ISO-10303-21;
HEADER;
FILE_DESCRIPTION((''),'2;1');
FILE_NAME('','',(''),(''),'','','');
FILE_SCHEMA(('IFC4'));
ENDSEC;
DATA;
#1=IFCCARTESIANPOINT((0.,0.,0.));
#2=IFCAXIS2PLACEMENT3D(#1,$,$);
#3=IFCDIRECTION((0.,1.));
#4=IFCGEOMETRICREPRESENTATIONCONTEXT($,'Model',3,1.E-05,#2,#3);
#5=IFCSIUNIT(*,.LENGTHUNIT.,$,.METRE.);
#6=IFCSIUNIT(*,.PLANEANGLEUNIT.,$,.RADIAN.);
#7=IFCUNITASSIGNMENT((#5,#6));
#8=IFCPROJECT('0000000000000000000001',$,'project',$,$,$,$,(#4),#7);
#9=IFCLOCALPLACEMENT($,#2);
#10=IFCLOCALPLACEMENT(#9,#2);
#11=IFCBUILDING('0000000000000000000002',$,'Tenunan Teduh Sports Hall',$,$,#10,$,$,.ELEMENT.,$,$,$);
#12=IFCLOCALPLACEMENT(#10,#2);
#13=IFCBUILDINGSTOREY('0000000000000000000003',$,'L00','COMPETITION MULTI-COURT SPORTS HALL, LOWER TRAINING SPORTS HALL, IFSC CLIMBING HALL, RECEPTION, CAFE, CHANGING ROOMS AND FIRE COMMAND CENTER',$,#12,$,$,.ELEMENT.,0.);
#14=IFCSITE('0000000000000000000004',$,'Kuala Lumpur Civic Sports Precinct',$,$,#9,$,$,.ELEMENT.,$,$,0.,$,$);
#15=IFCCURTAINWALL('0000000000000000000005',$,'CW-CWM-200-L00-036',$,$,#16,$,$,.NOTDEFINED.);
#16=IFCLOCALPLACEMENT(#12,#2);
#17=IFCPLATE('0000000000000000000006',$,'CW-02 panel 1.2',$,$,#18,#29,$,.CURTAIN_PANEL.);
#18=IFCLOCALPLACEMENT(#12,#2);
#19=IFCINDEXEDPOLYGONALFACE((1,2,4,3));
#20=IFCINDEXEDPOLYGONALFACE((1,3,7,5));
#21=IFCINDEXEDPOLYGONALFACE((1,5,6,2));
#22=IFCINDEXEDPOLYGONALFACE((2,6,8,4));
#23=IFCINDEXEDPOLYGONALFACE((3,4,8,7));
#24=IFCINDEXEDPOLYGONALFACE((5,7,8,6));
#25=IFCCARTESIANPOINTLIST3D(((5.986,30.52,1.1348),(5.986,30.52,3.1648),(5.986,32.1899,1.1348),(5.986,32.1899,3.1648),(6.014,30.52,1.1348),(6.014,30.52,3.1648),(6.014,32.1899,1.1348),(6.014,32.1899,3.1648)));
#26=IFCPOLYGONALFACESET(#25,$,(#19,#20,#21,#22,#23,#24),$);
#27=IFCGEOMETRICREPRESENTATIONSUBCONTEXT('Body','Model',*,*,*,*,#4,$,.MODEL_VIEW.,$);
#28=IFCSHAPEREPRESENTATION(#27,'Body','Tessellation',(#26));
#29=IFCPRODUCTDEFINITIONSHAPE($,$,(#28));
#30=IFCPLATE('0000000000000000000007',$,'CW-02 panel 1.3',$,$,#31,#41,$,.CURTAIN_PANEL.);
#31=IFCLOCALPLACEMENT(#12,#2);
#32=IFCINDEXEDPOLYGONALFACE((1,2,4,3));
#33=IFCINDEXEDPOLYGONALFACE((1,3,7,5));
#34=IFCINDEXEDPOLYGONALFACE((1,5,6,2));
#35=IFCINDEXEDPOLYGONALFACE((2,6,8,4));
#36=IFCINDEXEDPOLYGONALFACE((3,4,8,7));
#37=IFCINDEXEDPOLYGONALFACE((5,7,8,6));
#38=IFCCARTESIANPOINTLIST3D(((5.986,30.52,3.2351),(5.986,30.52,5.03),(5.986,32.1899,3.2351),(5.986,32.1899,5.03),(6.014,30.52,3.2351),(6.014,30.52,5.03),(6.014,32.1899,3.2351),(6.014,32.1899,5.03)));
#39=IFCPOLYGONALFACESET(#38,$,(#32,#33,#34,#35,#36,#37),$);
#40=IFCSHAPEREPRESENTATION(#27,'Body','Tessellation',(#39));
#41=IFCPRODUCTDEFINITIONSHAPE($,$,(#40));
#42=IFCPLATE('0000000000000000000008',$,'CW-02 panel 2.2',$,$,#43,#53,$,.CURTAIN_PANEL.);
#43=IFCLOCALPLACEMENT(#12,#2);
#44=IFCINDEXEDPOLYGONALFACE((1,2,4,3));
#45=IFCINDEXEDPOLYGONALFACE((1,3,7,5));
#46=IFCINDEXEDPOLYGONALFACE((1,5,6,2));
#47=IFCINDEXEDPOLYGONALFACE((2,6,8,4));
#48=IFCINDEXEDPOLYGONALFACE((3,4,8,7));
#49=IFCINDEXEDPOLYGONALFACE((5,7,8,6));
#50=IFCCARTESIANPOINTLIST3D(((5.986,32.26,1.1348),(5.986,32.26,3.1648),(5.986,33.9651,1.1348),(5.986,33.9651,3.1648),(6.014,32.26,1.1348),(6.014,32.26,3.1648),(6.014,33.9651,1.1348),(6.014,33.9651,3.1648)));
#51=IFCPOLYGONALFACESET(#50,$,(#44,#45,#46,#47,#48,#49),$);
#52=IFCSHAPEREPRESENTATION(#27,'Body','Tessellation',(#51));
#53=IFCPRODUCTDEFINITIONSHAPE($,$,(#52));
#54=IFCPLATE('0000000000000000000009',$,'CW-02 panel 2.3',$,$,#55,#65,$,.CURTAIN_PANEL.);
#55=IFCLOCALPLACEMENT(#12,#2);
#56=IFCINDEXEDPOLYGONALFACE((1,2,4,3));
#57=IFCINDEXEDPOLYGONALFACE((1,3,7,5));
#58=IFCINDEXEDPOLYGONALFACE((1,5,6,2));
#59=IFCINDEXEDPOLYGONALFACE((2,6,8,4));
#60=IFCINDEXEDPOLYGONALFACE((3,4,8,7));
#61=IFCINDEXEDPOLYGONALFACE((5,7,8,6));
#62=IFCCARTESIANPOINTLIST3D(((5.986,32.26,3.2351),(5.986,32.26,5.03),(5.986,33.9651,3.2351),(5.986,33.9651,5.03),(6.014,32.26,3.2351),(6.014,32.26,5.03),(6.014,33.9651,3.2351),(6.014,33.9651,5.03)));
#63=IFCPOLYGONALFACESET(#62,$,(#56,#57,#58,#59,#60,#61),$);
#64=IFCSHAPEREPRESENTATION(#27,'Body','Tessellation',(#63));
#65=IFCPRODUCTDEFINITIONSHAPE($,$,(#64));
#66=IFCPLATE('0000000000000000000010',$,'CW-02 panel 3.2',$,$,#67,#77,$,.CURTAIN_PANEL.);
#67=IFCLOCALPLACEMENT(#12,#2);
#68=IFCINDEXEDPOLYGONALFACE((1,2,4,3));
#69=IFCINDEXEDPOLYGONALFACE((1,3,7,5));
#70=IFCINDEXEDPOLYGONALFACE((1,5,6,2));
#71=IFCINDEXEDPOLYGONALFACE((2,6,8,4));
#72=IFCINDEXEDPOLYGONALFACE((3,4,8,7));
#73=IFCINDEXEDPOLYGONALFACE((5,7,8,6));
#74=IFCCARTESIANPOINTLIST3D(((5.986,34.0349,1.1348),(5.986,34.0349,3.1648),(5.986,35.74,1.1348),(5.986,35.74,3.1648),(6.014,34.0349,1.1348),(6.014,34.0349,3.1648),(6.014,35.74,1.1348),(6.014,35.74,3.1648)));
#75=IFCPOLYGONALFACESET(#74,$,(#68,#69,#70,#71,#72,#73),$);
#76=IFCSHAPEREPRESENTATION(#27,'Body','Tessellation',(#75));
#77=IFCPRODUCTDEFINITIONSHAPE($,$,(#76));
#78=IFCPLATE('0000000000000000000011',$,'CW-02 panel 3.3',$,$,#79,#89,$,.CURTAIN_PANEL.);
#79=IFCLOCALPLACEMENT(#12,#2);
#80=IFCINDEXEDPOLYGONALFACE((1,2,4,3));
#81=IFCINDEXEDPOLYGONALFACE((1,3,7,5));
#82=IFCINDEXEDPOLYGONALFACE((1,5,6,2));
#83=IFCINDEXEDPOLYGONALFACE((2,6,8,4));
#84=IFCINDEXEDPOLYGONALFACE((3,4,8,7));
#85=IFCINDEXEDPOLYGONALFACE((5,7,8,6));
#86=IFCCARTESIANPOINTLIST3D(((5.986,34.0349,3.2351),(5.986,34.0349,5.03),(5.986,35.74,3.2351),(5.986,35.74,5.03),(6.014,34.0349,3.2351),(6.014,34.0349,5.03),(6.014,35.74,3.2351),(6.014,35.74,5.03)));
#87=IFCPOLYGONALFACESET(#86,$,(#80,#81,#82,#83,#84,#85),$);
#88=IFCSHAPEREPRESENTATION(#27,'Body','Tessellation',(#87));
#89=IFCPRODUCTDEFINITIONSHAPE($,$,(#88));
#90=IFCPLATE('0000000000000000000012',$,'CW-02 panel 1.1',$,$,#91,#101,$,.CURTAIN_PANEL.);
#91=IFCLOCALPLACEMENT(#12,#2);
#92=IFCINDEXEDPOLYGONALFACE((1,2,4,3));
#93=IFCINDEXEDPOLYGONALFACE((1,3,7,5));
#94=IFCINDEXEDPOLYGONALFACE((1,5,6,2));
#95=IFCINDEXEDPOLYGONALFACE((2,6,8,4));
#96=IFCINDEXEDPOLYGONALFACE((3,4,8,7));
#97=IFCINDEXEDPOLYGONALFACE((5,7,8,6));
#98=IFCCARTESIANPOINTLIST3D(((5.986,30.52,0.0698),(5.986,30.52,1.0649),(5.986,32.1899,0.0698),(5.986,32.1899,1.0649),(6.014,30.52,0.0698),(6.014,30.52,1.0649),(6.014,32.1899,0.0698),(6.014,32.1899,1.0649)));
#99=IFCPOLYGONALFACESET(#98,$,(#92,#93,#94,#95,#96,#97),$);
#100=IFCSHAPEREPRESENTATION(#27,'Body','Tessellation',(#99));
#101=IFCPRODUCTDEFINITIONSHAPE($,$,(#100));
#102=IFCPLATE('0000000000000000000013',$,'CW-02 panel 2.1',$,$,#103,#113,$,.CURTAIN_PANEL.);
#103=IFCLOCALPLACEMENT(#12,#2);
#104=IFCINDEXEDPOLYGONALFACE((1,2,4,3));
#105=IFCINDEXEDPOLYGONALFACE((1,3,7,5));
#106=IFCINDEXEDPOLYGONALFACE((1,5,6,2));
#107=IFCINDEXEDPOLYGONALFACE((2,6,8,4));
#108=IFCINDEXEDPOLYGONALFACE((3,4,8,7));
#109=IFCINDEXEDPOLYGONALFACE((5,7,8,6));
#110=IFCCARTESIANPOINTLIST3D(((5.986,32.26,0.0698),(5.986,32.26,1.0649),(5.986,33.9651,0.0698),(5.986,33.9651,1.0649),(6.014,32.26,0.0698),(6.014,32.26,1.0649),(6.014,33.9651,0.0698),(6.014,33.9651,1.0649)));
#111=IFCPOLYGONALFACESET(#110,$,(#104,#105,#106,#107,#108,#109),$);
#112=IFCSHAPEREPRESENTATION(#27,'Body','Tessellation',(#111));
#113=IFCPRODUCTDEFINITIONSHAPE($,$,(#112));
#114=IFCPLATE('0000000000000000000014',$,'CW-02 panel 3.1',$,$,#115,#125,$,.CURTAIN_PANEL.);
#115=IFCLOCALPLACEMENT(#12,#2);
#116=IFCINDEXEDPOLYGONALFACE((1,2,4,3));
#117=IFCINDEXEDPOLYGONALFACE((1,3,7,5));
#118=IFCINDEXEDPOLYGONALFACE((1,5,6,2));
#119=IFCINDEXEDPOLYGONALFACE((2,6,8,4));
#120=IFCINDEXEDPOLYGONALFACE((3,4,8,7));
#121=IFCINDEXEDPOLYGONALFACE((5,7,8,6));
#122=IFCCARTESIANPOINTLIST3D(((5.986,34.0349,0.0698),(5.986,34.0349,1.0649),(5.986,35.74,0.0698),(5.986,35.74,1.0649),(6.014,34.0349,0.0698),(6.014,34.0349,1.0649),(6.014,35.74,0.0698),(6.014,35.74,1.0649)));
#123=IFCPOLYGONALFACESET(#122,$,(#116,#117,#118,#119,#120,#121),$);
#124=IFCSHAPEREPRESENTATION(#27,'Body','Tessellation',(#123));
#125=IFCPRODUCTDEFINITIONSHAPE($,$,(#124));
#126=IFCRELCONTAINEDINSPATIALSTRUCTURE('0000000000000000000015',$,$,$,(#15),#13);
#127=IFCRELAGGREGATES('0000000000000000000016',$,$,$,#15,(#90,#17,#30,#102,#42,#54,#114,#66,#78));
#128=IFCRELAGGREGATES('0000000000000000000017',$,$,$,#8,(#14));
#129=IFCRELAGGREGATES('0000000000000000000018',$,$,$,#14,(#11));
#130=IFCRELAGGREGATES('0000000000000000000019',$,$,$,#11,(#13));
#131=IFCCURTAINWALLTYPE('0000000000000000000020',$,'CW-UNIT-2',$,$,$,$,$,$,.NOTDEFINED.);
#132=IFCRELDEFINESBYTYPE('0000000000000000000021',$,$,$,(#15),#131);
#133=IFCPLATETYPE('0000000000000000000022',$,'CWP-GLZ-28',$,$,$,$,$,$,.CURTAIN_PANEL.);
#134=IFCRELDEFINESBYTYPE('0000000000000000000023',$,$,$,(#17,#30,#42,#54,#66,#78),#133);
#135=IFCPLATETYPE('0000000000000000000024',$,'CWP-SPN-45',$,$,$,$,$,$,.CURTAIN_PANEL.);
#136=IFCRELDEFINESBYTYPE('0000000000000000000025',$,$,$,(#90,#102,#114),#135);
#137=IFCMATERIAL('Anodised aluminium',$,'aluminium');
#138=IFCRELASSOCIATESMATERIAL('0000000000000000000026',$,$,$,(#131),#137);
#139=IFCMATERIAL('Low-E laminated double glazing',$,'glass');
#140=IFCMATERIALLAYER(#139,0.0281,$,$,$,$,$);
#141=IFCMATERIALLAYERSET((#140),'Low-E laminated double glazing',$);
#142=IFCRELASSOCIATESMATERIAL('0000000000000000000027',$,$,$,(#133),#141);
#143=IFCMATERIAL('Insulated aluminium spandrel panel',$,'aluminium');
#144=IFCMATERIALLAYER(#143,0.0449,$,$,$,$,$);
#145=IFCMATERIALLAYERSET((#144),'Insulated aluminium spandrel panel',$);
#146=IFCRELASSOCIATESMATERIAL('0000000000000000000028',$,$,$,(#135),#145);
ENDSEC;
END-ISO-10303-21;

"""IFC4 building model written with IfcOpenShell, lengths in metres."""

from ifc_helpers import new_model, si_unit, direction, frame, origin, origin_2d, place, context, subcontext, project, spatial, rectangle, extrude, material, layer, layer_set, type_object, element, aggregate, save


model = new_model("IFC4")

# Units and contexts
model_context = context("Model", 3, precision=1e-05, world=origin(), true_north=direction((0.0, 1.0)))
body_context = subcontext(model_context, "Body", "Model", "MODEL_VIEW")
ifc_project = project(units=[si_unit("LENGTHUNIT", "METRE"), si_unit("PLANEANGLEUNIT", "RADIAN")], contexts=[model_context])

# Site, building, storey
site_placement = place(None, origin())
site = spatial("IfcSite", under=ifc_project, at=site_placement, Name="Kuala Lumpur Civic Sports Precinct", CompositionType="ELEMENT", RefElevation=0.0)
building_placement = place(site_placement, origin())
building = spatial("IfcBuilding", under=site, at=building_placement, Name="Tenunan Teduh Sports Hall", CompositionType="ELEMENT")
storey_placement = place(building_placement, origin())
storey = spatial("IfcBuildingStorey", under=building, at=storey_placement, Name="L00", Description="COMPETITION MULTI-COURT SPORTS HALL, LOWER TRAINING SPORTS HALL, IFSC CLIMBING HALL, RECEPTION, CAFE, CHANGING ROOMS AND FIRE COMMAND CENTER", CompositionType="ELEMENT", Elevation=0.0)

# Curtain wall, plates
ifc_material_1 = material(Name="Anodised aluminium", Category="aluminium")
curtain_wall_type = type_object("IfcCurtainWallType", Name="CW-UNIT-2", PredefinedType="NOTDEFINED", material=ifc_material_1)
curtain_wall_placement = place(storey_placement, origin())
curtain_wall = element("IfcCurtainWall", 1, at=curtain_wall_placement, inside=storey, type_object=curtain_wall_type, Name="CW-CWM-200-L00-036", PredefinedType="NOTDEFINED")
ifc_material_2 = material(Name="Low-E laminated double glazing", Category="glass")
ifc_layer_1 = layer(ifc_material_2, 0.0281)
ifc_layer_set_1 = layer_set([ifc_layer_1], Name="Low-E laminated double glazing")
plate_type_1 = type_object("IfcPlateType", Name="CWP-GLZ-28", PredefinedType="CURTAIN_PANEL", material=ifc_layer_set_1)
plate_1_placement = place(storey_placement, frame((6.0, 31.355, 1.1348), z_axis=(0.0, 0.0, 1.0), x_axis=(0.0, 1.0, 0.0)))
plate_1 = element("IfcPlate", 2, at=plate_1_placement, type_object=plate_type_1, Name="CW-02 panel 1.2", PredefinedType="CURTAIN_PANEL", context=body_context, shape_type="SweptSolid", body=[
    extrude(rectangle(XDim=1.6699, YDim=0.0281, at=origin_2d()), origin(), (0.0, 0.0, 1.0), 2.03),
])
plate_2_placement = place(storey_placement, frame((6.0, 31.355, 3.2351), z_axis=(0.0, 0.0, 1.0), x_axis=(0.0, 1.0, 0.0)))
plate_2 = element("IfcPlate", 3, at=plate_2_placement, type_object=plate_type_1, Name="CW-02 panel 1.3", PredefinedType="CURTAIN_PANEL", context=body_context, shape_type="SweptSolid", body=[
    extrude(rectangle(XDim=1.6699, YDim=0.0281, at=origin_2d()), origin(), (0.0, 0.0, 1.0), 1.7949),
])
plate_3_placement = place(storey_placement, frame((6.0, 33.1125, 1.1348), z_axis=(0.0, 0.0, 1.0), x_axis=(0.0, 1.0, 0.0)))
plate_3 = element("IfcPlate", 4, at=plate_3_placement, type_object=plate_type_1, Name="CW-02 panel 2.2", PredefinedType="CURTAIN_PANEL", context=body_context, shape_type="SweptSolid", body=[
    extrude(rectangle(XDim=1.7051, YDim=0.0281, at=origin_2d()), origin(), (0.0, 0.0, 1.0), 2.03),
])
plate_4_placement = place(storey_placement, frame((6.0, 33.1125, 3.2351), z_axis=(0.0, 0.0, 1.0), x_axis=(0.0, 1.0, 0.0)))
plate_4 = element("IfcPlate", 5, at=plate_4_placement, type_object=plate_type_1, Name="CW-02 panel 2.3", PredefinedType="CURTAIN_PANEL", context=body_context, shape_type="SweptSolid", body=[
    extrude(rectangle(XDim=1.7051, YDim=0.0281, at=origin_2d()), origin(), (0.0, 0.0, 1.0), 1.7949),
])
plate_5_placement = place(storey_placement, frame((6.0, 34.8875, 1.1348), z_axis=(0.0, 0.0, 1.0), x_axis=(0.0, 1.0, 0.0)))
plate_5 = element("IfcPlate", 6, at=plate_5_placement, type_object=plate_type_1, Name="CW-02 panel 3.2", PredefinedType="CURTAIN_PANEL", context=body_context, shape_type="SweptSolid", body=[
    extrude(rectangle(XDim=1.7051, YDim=0.0281, at=origin_2d()), origin(), (0.0, 0.0, 1.0), 2.03),
])
plate_6_placement = place(storey_placement, frame((6.0, 34.8875, 3.2351), z_axis=(0.0, 0.0, 1.0), x_axis=(0.0, 1.0, 0.0)))
plate_6 = element("IfcPlate", 7, at=plate_6_placement, type_object=plate_type_1, Name="CW-02 panel 3.3", PredefinedType="CURTAIN_PANEL", context=body_context, shape_type="SweptSolid", body=[
    extrude(rectangle(XDim=1.7051, YDim=0.0281, at=origin_2d()), origin(), (0.0, 0.0, 1.0), 1.7949),
])
ifc_material_3 = material(Name="Insulated aluminium spandrel panel", Category="aluminium")
ifc_layer_2 = layer(ifc_material_3, 0.0449)
ifc_layer_set_2 = layer_set([ifc_layer_2], Name="Insulated aluminium spandrel panel")
plate_type_2 = type_object("IfcPlateType", Name="CWP-SPN-45", PredefinedType="CURTAIN_PANEL", material=ifc_layer_set_2)
plate_7_placement = place(storey_placement, frame((6.0, 31.355, 0.0698), z_axis=(0.0, 0.0, 1.0), x_axis=(0.0, 1.0, 0.0)))
plate_7 = element("IfcPlate", 8, at=plate_7_placement, type_object=plate_type_2, Name="CW-02 panel 1.1", PredefinedType="CURTAIN_PANEL", context=body_context, shape_type="SweptSolid", body=[
    extrude(rectangle(XDim=1.6699, YDim=0.0281, at=origin_2d()), origin(), (0.0, 0.0, 1.0), 0.9951),
])
plate_8_placement = place(storey_placement, frame((6.0, 33.1125, 0.0698), z_axis=(0.0, 0.0, 1.0), x_axis=(0.0, 1.0, 0.0)))
plate_8 = element("IfcPlate", 9, at=plate_8_placement, type_object=plate_type_2, Name="CW-02 panel 2.1", PredefinedType="CURTAIN_PANEL", context=body_context, shape_type="SweptSolid", body=[
    extrude(rectangle(XDim=1.7051, YDim=0.0281, at=origin_2d()), origin(), (0.0, 0.0, 1.0), 0.9951),
])
plate_9_placement = place(storey_placement, frame((6.0, 34.8875, 0.0698), z_axis=(0.0, 0.0, 1.0), x_axis=(0.0, 1.0, 0.0)))
plate_9 = element("IfcPlate", 10, at=plate_9_placement, type_object=plate_type_2, Name="CW-02 panel 3.1", PredefinedType="CURTAIN_PANEL", context=body_context, shape_type="SweptSolid", body=[
    extrude(rectangle(XDim=1.7051, YDim=0.0281, at=origin_2d()), origin(), (0.0, 0.0, 1.0), 0.9951),
])
aggregate(curtain_wall, [plate_7, plate_1, plate_2, plate_8, plate_3, plate_4, plate_9, plate_5, plate_6])

save(model, "model.ifc")
